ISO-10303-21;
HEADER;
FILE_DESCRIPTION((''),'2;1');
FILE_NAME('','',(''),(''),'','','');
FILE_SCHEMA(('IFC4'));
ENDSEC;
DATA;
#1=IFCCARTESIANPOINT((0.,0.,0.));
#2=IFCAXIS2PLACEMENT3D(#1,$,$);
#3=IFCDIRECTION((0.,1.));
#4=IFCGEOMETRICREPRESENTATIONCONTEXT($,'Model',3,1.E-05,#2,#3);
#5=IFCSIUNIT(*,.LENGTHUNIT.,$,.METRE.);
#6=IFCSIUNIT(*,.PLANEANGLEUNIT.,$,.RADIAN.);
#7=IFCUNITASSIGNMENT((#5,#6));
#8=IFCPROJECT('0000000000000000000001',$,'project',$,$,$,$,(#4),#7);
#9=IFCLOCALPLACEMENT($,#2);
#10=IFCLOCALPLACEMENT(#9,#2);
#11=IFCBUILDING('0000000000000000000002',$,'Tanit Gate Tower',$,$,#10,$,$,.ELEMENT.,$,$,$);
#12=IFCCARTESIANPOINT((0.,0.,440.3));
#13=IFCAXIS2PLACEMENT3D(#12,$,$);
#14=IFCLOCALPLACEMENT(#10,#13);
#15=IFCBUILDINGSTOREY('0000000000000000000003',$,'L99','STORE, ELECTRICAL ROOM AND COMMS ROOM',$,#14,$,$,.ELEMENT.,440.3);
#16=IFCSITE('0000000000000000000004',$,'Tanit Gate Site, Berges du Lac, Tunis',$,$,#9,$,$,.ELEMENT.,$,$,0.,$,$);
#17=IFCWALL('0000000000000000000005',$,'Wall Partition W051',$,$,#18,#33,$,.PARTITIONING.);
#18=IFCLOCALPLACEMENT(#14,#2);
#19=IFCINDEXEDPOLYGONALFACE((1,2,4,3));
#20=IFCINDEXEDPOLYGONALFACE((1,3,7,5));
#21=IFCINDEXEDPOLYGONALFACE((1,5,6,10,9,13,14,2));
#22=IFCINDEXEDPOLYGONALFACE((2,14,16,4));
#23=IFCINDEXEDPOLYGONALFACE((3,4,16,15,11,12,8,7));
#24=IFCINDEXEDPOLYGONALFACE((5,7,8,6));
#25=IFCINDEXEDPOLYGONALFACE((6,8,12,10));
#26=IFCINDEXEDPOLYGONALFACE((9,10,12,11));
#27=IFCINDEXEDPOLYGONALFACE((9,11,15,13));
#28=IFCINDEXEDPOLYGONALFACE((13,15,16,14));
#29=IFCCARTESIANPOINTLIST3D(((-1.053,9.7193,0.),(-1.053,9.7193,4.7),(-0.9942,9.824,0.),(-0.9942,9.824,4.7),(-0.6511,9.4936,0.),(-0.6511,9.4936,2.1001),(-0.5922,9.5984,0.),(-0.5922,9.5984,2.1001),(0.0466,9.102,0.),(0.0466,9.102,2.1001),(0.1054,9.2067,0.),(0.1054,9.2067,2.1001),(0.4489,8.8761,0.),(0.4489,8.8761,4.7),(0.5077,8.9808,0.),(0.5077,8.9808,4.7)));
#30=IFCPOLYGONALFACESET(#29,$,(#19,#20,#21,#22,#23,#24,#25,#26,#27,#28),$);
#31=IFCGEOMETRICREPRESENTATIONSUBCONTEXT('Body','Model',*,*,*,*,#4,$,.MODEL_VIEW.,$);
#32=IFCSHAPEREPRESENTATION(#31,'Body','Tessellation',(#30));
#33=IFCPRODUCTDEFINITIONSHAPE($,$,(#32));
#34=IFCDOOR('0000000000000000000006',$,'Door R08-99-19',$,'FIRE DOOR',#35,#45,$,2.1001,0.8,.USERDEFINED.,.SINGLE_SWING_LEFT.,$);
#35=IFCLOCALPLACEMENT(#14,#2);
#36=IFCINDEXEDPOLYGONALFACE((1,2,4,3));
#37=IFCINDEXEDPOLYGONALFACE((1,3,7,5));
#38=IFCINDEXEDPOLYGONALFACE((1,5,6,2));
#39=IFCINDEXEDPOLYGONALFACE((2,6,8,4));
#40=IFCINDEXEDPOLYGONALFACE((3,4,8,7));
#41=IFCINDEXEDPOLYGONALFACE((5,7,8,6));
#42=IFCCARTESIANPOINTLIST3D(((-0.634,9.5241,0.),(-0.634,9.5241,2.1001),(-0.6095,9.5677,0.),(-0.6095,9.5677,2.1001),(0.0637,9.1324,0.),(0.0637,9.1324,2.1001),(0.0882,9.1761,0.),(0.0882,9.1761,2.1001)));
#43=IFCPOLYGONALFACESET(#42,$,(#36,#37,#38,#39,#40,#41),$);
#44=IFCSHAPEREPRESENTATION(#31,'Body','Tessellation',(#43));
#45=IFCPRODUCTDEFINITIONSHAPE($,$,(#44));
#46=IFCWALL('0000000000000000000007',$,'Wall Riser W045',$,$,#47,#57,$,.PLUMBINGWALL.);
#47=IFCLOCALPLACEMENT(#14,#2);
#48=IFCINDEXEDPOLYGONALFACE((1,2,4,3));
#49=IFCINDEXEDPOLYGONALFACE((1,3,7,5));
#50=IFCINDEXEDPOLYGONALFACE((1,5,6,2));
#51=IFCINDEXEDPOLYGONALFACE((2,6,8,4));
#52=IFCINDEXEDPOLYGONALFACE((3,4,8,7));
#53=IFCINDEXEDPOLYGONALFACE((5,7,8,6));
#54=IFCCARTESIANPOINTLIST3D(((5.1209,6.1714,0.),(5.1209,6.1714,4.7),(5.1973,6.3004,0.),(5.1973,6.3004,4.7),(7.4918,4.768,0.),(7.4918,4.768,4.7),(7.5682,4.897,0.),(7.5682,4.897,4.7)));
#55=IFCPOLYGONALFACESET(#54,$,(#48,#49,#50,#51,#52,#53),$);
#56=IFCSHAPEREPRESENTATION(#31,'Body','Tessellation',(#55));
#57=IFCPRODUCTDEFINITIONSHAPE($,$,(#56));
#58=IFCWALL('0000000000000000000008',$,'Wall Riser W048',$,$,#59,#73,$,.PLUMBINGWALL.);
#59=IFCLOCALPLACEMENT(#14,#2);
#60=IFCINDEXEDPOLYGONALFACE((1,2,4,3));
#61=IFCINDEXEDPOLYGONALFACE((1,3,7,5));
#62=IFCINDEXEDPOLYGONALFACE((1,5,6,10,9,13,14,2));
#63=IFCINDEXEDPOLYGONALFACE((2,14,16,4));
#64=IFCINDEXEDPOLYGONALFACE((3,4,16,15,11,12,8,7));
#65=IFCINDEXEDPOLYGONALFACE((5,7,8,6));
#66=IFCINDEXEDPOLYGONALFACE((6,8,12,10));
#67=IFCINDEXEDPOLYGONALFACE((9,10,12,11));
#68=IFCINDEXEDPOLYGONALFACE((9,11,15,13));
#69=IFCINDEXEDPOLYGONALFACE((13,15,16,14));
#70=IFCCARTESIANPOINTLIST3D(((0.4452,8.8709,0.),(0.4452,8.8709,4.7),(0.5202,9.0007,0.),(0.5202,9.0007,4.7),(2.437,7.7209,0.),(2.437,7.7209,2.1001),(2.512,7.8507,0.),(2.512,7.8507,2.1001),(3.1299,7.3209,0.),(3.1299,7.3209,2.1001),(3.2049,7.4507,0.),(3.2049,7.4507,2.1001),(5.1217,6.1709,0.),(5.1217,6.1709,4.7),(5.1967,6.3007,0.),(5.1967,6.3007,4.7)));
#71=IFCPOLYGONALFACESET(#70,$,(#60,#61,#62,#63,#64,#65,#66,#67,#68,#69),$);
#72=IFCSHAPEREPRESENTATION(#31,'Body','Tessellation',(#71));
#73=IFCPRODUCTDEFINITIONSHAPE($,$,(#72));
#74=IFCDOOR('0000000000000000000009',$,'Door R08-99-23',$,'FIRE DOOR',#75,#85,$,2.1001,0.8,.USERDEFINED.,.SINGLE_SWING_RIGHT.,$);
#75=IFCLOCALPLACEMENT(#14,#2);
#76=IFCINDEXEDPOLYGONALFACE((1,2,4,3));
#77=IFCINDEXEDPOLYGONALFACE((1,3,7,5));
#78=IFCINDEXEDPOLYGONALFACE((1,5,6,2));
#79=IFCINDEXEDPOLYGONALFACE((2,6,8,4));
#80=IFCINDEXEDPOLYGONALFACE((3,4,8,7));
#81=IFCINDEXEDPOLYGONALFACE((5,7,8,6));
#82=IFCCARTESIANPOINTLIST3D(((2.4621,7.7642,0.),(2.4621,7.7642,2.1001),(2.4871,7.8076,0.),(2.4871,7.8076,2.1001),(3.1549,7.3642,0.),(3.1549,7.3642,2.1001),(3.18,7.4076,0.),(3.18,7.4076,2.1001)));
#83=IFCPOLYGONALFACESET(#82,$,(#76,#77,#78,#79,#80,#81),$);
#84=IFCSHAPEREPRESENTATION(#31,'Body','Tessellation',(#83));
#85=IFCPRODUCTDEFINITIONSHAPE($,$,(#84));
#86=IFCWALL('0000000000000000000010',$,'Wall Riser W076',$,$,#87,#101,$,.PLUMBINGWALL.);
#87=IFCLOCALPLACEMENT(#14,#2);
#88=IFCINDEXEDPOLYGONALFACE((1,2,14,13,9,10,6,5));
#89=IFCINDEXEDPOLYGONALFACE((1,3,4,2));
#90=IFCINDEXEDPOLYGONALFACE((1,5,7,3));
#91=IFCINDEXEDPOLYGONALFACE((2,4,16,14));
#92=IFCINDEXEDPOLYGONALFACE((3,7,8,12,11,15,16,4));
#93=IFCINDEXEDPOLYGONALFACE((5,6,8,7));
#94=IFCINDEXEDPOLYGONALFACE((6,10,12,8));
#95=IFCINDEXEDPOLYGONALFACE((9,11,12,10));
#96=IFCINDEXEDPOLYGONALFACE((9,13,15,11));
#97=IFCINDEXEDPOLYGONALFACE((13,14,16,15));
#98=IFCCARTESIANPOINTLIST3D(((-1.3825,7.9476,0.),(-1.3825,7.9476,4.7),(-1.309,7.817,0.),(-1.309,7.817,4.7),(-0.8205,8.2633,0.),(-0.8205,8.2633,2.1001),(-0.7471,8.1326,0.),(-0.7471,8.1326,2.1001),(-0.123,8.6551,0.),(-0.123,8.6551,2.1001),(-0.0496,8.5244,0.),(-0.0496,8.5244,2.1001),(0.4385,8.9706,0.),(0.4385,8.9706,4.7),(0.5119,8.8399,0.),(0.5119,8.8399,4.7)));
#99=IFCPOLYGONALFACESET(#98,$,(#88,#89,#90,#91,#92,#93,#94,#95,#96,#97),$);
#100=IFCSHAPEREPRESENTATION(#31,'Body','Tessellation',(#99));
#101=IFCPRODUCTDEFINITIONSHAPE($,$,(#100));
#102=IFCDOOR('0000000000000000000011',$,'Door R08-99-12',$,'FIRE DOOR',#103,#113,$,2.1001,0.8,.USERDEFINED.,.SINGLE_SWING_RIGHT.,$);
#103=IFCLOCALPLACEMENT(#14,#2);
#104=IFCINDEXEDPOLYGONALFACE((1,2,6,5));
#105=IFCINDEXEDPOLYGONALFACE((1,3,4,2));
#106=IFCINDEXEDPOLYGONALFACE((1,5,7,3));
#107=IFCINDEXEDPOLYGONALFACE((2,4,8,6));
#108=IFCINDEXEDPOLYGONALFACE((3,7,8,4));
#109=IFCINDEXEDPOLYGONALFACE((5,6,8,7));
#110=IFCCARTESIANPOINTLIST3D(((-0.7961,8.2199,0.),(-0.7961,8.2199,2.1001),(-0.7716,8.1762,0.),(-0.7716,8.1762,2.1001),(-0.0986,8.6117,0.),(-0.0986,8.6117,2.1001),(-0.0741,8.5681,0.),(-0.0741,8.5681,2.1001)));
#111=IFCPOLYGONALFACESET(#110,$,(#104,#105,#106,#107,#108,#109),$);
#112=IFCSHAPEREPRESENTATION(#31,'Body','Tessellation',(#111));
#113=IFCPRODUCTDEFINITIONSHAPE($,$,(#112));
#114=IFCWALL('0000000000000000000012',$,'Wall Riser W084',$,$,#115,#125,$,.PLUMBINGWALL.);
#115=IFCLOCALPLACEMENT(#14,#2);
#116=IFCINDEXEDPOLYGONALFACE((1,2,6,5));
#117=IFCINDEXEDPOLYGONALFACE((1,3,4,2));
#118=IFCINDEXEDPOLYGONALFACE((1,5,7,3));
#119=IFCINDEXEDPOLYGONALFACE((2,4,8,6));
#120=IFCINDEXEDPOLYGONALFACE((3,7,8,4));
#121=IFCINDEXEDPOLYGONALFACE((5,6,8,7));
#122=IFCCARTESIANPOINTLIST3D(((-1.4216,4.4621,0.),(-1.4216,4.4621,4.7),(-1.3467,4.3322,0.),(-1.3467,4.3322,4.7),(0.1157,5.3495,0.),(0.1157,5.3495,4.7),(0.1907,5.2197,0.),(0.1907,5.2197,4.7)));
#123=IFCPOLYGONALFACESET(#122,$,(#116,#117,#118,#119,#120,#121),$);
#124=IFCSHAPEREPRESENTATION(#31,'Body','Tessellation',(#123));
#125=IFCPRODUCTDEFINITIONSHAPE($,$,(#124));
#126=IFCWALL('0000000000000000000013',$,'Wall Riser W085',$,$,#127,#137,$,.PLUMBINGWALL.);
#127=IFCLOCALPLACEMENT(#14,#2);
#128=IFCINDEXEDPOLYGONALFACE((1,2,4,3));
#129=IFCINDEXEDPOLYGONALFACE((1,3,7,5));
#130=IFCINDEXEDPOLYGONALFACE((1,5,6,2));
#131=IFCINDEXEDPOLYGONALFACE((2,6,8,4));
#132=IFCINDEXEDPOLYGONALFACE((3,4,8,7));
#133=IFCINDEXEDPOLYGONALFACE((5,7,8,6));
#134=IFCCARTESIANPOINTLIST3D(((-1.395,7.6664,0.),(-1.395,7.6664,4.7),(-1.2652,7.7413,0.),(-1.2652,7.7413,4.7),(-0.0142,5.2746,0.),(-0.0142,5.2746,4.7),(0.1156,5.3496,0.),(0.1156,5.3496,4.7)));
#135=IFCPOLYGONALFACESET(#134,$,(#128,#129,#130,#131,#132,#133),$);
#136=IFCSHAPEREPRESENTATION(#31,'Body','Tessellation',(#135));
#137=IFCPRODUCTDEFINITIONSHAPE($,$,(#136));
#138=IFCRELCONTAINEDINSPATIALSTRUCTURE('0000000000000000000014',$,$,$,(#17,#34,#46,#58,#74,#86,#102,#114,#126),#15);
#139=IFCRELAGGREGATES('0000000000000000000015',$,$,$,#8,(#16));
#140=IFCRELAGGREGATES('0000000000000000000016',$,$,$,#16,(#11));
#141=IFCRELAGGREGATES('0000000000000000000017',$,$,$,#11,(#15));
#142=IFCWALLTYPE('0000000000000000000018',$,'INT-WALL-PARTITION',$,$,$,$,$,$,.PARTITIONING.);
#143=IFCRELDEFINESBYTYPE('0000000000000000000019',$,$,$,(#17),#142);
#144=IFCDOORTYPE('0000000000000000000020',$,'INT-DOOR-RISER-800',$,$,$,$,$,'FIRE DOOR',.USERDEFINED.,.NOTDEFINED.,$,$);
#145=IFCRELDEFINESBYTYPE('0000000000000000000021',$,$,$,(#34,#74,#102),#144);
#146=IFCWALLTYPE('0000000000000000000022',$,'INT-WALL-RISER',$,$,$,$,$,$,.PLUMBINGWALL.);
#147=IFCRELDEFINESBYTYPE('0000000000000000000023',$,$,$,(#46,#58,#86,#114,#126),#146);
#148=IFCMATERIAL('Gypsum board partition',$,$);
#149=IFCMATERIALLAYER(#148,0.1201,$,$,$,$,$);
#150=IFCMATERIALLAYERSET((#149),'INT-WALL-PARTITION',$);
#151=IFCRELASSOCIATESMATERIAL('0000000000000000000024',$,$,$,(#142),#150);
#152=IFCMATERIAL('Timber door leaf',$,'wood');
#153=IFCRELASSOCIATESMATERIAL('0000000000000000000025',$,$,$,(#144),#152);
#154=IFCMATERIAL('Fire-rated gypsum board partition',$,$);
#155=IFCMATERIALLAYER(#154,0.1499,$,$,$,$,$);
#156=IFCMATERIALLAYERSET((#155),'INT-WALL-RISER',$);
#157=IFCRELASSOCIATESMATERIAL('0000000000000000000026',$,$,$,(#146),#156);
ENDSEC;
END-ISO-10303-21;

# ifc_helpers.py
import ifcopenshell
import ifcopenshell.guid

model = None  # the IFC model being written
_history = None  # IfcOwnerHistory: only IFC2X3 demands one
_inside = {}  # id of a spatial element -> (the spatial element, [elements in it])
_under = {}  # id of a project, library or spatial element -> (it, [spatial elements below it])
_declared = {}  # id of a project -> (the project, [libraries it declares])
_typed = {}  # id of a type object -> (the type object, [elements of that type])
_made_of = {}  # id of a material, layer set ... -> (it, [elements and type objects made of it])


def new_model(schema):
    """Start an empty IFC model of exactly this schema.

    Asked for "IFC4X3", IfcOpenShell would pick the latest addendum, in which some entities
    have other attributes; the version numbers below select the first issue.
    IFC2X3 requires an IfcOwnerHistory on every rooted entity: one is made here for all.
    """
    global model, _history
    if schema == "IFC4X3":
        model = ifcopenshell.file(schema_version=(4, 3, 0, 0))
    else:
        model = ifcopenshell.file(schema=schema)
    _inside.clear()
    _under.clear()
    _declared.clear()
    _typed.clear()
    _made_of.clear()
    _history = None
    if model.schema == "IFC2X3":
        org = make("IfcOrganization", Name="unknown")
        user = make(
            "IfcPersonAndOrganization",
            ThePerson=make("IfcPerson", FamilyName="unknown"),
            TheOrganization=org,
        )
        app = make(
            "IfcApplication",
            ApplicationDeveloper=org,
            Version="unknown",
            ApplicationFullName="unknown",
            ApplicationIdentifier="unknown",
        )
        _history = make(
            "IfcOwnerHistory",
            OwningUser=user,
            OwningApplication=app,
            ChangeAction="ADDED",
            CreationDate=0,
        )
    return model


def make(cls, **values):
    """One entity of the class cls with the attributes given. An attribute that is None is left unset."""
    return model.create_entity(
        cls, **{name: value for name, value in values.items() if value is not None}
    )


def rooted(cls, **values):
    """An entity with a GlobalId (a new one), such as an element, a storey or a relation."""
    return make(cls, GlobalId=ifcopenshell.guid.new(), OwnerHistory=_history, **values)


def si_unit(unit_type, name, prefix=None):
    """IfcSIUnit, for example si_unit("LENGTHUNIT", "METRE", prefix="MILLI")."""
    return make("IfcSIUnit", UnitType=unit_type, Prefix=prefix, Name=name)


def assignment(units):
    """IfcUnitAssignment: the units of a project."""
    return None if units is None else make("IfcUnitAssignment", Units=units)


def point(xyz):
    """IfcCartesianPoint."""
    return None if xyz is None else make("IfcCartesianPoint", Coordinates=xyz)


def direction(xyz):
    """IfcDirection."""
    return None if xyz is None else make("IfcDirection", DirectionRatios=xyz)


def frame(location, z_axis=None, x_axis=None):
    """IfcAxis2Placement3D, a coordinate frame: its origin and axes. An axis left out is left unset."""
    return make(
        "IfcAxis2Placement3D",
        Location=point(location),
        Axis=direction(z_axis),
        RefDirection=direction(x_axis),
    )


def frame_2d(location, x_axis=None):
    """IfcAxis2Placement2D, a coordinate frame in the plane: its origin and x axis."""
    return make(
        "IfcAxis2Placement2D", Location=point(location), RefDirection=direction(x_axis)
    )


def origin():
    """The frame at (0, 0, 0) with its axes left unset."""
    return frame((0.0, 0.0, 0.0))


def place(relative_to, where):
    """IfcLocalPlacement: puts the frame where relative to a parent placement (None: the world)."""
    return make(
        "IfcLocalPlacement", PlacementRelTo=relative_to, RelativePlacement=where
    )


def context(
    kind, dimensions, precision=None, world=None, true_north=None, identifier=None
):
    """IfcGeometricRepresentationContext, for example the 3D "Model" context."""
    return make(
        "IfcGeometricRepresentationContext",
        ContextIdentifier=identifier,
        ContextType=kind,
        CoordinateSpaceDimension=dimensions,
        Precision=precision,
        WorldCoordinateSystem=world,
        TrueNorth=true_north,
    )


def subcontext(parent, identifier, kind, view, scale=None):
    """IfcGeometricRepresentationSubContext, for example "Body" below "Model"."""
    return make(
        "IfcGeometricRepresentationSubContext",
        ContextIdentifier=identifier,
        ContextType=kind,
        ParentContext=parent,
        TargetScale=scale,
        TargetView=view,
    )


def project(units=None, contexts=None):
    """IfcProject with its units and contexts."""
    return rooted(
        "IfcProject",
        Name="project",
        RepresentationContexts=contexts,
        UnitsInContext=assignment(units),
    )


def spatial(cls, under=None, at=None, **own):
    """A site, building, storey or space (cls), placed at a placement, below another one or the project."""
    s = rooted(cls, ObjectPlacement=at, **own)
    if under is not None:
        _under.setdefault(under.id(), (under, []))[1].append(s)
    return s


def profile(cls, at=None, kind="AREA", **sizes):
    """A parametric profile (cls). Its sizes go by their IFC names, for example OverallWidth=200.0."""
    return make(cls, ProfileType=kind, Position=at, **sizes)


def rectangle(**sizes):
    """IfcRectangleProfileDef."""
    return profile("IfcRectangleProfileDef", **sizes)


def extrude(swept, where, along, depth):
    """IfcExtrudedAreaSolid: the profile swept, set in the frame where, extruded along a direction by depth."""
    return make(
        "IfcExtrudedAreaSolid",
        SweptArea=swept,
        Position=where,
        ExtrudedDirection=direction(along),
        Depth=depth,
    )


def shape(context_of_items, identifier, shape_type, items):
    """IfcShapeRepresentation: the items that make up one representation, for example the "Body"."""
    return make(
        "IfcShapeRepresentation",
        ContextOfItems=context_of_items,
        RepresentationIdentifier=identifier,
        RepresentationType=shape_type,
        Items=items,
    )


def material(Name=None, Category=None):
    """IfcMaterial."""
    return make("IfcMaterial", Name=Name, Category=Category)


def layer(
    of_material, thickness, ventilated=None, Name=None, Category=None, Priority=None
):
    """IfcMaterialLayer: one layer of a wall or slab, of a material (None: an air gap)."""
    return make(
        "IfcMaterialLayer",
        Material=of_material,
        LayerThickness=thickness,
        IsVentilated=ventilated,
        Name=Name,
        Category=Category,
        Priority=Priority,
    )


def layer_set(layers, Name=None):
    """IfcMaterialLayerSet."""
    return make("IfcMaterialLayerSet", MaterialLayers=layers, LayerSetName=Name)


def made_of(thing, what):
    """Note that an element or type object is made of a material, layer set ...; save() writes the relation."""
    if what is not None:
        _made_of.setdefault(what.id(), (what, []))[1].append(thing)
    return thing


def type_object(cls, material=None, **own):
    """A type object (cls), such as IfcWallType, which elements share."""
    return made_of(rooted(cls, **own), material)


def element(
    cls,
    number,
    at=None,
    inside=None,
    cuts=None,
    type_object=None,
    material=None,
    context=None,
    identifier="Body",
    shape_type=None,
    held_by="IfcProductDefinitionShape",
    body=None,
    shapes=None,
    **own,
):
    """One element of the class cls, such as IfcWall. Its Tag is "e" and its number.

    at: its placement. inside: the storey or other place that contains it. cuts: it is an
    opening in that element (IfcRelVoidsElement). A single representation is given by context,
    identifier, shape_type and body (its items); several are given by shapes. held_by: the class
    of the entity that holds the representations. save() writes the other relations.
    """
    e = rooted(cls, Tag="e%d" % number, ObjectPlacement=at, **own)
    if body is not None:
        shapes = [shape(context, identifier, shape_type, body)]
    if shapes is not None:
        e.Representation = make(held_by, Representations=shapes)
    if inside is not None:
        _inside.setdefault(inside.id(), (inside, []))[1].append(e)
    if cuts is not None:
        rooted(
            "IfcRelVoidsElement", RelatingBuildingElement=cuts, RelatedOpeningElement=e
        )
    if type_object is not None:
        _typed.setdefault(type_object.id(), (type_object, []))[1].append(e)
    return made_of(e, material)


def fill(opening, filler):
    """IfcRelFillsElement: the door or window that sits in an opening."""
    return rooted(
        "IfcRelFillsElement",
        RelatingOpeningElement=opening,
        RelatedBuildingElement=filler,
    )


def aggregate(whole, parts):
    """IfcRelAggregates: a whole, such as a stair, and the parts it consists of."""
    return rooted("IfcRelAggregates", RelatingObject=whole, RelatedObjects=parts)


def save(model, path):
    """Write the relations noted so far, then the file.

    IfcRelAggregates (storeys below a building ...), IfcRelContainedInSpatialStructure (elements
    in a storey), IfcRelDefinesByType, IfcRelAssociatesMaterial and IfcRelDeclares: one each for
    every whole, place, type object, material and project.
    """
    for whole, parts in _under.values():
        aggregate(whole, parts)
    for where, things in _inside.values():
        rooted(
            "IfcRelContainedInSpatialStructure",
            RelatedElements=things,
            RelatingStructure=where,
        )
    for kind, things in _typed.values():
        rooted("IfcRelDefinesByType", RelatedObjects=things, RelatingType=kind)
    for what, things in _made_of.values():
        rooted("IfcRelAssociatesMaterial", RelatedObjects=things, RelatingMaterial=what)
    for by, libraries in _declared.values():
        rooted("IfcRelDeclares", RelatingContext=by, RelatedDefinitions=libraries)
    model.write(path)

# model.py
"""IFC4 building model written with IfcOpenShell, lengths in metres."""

from ifc_helpers import new_model, si_unit, direction, frame, frame_2d, origin, place, context, subcontext, project, spatial, rectangle, extrude, material, layer, layer_set, type_object, element, fill, save


model = new_model("IFC4")

# Units and contexts
model_context = context("Model", 3, precision=1e-05, world=origin(), true_north=direction((0.0, 1.0)))
body_context = subcontext(model_context, "Body", "Model", "MODEL_VIEW")
ifc_project = project(units=[si_unit("LENGTHUNIT", "METRE"), si_unit("PLANEANGLEUNIT", "RADIAN")], contexts=[model_context])

# Site, building, storey
site_placement = place(None, origin())
site = spatial("IfcSite", under=ifc_project, at=site_placement, Name="Tanit Gate Site, Berges du Lac, Tunis", CompositionType="ELEMENT", RefElevation=0.0)
building_placement = place(site_placement, origin())
building = spatial("IfcBuilding", under=site, at=building_placement, Name="Tanit Gate Tower", CompositionType="ELEMENT")
storey_placement = place(building_placement, frame((0.0, 0.0, 440.3)))
storey = spatial("IfcBuildingStorey", under=building, at=storey_placement, Name="L99", Description="STORE, ELECTRICAL ROOM AND COMMS ROOM", CompositionType="ELEMENT", Elevation=440.3)

# Wall, opening, door
ifc_material_1 = material(Name="Gypsum board partition")
ifc_layer_1 = layer(ifc_material_1, 0.1201)
ifc_layer_set_1 = layer_set([ifc_layer_1], Name="INT-WALL-PARTITION")
wall_type_1 = type_object("IfcWallType", Name="INT-WALL-PARTITION", PredefinedType="PARTITIONING", material=ifc_layer_set_1)
ifc_material_2 = material(Name="Timber door leaf", Category="wood")
door_type_1 = type_object("IfcDoorType", Name="INT-DOOR-RISER-800", ElementType="FIRE DOOR", OperationType="NOTDEFINED", PredefinedType="USERDEFINED", material=ifc_material_2)
wall_1_placement = place(storey_placement, frame((-1.0237, 9.7717, 0.0), z_axis=(0.0, 0.0, 1.0), x_axis=(0.871969, -0.489561, 0.0)))
wall_1 = element("IfcWall", 1, at=wall_1_placement, inside=storey, type_object=wall_type_1, Name="Wall Partition W051", PredefinedType="PARTITIONING", context=body_context, shape_type="SweptSolid", body=[
    extrude(rectangle(XDim=1.7224, YDim=0.1201, at=frame_2d((0.8613, 0.0))), origin(), (0.0, 0.0, 1.0), 4.7),
])
opening_1_placement = place(wall_1_placement, frame((0.4612, 0.0, 0.0)))
opening_1 = element("IfcOpeningElement", 2, at=opening_1_placement, cuts=wall_1, PredefinedType="OPENING", context=body_context, shape_type="SweptSolid", body=[
    extrude(rectangle(XDim=0.8, YDim=2.1001, at=frame_2d((0.3999, 1.05))), frame((0.0, 0.0701, 0.0), z_axis=(0.0, -1.0, 0.0), x_axis=(1.0, 0.0, 0.0)), (0.0, 0.0, 1.0), 0.1401),
])
door_1_placement = place(opening_1_placement, origin())
door_1 = element("IfcDoor", 3, at=door_1_placement, inside=storey, type_object=door_type_1, Name="Door R08-99-19", ObjectType="FIRE DOOR", OperationType="SINGLE_SWING_LEFT", OverallHeight=2.1001, OverallWidth=0.8, PredefinedType="USERDEFINED", context=body_context, shape_type="SweptSolid", body=[
    extrude(rectangle(XDim=0.8, YDim=2.1001, at=frame_2d((0.3999, 1.05))), frame((0.0, 0.0249, 0.0), z_axis=(0.0, -1.0, 0.0), x_axis=(1.0, 0.0, 0.0)), (0.0, 0.0, 1.0), 0.05),
])
fill(opening_1, door_1)

# Wall
ifc_material_3 = material(Name="Fire-rated gypsum board partition")
ifc_layer_2 = layer(ifc_material_3, 0.1499)
ifc_layer_set_2 = layer_set([ifc_layer_2], Name="INT-WALL-RISER")
wall_type_2 = type_object("IfcWallType", Name="INT-WALL-RISER", PredefinedType="PLUMBINGWALL", material=ifc_layer_set_2)
wall_2_placement = place(storey_placement, frame((5.1592, 6.2358, 0.0), z_axis=(0.0, 0.0, 1.0), x_axis=(0.860551, -0.509365, 0.0)))
element("IfcWall", 4, at=wall_2_placement, inside=storey, type_object=wall_type_2, Name="Wall Riser W045", PredefinedType="PLUMBINGWALL", context=body_context, shape_type="SweptSolid", body=[
    extrude(rectangle(XDim=2.7551, YDim=0.1499, at=frame_2d((1.3774, 0.0))), origin(), (0.0, 0.0, 1.0), 4.7),
])

# Walls, openings, doors
wall_3_placement = place(storey_placement, frame((5.1592, 6.2358, 0.0), z_axis=(0.0, 0.0, 1.0), x_axis=(-0.866028, 0.499995, 0.0)))
wall_3 = element("IfcWall", 5, at=wall_3_placement, inside=storey, type_object=wall_type_2, Name="Wall Riser W048", PredefinedType="PLUMBINGWALL", context=body_context, shape_type="SweptSolid", body=[
    extrude(rectangle(XDim=5.3999, YDim=0.1499, at=frame_2d((2.7, 0.0))), origin(), (0.0, 0.0, 1.0), 4.7),
])
opening_2_placement = place(wall_3_placement, frame((2.3, 0.0, 0.0)))
opening_2 = element("IfcOpeningElement", 6, at=opening_2_placement, cuts=wall_3, PredefinedType="OPENING", context=body_context, shape_type="SweptSolid", body=[
    extrude(rectangle(XDim=0.8, YDim=2.1001, at=frame_2d((0.3999, 1.05))), frame((0.0, 0.085, 0.0), z_axis=(0.0, -1.0, 0.0), x_axis=(1.0, 0.0, 0.0)), (0.0, 0.0, 1.0), 0.1699),
])
door_2_placement = place(opening_2_placement, origin())
door_2 = element("IfcDoor", 7, at=door_2_placement, inside=storey, type_object=door_type_1, Name="Door R08-99-23", ObjectType="FIRE DOOR", OperationType="SINGLE_SWING_RIGHT", OverallHeight=2.1001, OverallWidth=0.8, PredefinedType="USERDEFINED", context=body_context, shape_type="SweptSolid", body=[
    extrude(rectangle(XDim=0.8, YDim=2.1001, at=frame_2d((0.3999, 1.05))), frame((0.0, 0.0249, 0.0), z_axis=(0.0, -1.0, 0.0), x_axis=(1.0, 0.0, 0.0)), (0.0, 0.0, 1.0), 0.05),
])
fill(opening_2, door_2)
wall_4_placement = place(storey_placement, frame((0.4753, 8.9053, 0.0), z_axis=(0.0, 0.0, 1.0), x_axis=(-0.871859, -0.489756, 0.0)))
wall_4 = element("IfcWall", 8, at=wall_4_placement, inside=storey, type_object=wall_type_2, Name="Wall Riser W076", PredefinedType="PLUMBINGWALL", context=body_context, shape_type="SweptSolid", body=[
    extrude(rectangle(XDim=2.0886, YDim=0.1499, at=frame_2d((1.0444, 0.0))), origin(), (0.0, 0.0, 1.0), 4.7),
])
opening_3_placement = place(wall_4_placement, frame((0.6443, 0.0, 0.0)))
opening_3 = element("IfcOpeningElement", 9, at=opening_3_placement, cuts=wall_4, PredefinedType="OPENING", context=body_context, shape_type="SweptSolid", body=[
    extrude(rectangle(XDim=0.8, YDim=2.1001, at=frame_2d((0.3999, 1.05))), frame((0.0, 0.085, 0.0), z_axis=(0.0, -1.0, 0.0), x_axis=(1.0, 0.0, 0.0)), (0.0, 0.0, 1.0), 0.1699),
])
door_3_placement = place(opening_3_placement, origin())
door_3 = element("IfcDoor", 10, at=door_3_placement, inside=storey, type_object=door_type_1, Name="Door R08-99-12", ObjectType="FIRE DOOR", OperationType="SINGLE_SWING_RIGHT", OverallHeight=2.1001, OverallWidth=0.8, PredefinedType="USERDEFINED", context=body_context, shape_type="SweptSolid", body=[
    extrude(rectangle(XDim=0.8, YDim=2.1001, at=frame_2d((0.3999, 1.05))), frame((0.0, 0.0249, 0.0), z_axis=(0.0, -1.0, 0.0), x_axis=(1.0, 0.0, 0.0)), (0.0, 0.0, 1.0), 0.05),
])
fill(opening_3, door_3)

# Walls
wall_5_placement = place(storey_placement, frame((0.1533, 5.2847, 0.0), z_axis=(0.0, 0.0, 1.0), x_axis=(-0.86606, -0.499941, 0.0)))
element("IfcWall", 11, at=wall_5_placement, inside=storey, type_object=wall_type_2, Name="Wall Riser W084", PredefinedType="PLUMBINGWALL", context=body_context, shape_type="SweptSolid", body=[
    extrude(rectangle(XDim=1.7751, YDim=0.1499, at=frame_2d((0.8877, 0.0))), origin(), (0.0, 0.0, 1.0), 4.7),
])
wall_6_placement = place(storey_placement, frame((-1.3301, 7.7039, 0.0), z_axis=(0.0, 0.0, 1.0), x_axis=(0.49998, -0.866037, 0.0)))
element("IfcWall", 12, at=wall_6_placement, inside=storey, type_object=wall_type_2, Name="Wall Riser W085", PredefinedType="PLUMBINGWALL", context=body_context, shape_type="SweptSolid", body=[
    extrude(rectangle(XDim=2.7617, YDim=0.1499, at=frame_2d((1.3809, 0.0))), origin(), (0.0, 0.0, 1.0), 4.7),
])

save(model, "model.ifc")
